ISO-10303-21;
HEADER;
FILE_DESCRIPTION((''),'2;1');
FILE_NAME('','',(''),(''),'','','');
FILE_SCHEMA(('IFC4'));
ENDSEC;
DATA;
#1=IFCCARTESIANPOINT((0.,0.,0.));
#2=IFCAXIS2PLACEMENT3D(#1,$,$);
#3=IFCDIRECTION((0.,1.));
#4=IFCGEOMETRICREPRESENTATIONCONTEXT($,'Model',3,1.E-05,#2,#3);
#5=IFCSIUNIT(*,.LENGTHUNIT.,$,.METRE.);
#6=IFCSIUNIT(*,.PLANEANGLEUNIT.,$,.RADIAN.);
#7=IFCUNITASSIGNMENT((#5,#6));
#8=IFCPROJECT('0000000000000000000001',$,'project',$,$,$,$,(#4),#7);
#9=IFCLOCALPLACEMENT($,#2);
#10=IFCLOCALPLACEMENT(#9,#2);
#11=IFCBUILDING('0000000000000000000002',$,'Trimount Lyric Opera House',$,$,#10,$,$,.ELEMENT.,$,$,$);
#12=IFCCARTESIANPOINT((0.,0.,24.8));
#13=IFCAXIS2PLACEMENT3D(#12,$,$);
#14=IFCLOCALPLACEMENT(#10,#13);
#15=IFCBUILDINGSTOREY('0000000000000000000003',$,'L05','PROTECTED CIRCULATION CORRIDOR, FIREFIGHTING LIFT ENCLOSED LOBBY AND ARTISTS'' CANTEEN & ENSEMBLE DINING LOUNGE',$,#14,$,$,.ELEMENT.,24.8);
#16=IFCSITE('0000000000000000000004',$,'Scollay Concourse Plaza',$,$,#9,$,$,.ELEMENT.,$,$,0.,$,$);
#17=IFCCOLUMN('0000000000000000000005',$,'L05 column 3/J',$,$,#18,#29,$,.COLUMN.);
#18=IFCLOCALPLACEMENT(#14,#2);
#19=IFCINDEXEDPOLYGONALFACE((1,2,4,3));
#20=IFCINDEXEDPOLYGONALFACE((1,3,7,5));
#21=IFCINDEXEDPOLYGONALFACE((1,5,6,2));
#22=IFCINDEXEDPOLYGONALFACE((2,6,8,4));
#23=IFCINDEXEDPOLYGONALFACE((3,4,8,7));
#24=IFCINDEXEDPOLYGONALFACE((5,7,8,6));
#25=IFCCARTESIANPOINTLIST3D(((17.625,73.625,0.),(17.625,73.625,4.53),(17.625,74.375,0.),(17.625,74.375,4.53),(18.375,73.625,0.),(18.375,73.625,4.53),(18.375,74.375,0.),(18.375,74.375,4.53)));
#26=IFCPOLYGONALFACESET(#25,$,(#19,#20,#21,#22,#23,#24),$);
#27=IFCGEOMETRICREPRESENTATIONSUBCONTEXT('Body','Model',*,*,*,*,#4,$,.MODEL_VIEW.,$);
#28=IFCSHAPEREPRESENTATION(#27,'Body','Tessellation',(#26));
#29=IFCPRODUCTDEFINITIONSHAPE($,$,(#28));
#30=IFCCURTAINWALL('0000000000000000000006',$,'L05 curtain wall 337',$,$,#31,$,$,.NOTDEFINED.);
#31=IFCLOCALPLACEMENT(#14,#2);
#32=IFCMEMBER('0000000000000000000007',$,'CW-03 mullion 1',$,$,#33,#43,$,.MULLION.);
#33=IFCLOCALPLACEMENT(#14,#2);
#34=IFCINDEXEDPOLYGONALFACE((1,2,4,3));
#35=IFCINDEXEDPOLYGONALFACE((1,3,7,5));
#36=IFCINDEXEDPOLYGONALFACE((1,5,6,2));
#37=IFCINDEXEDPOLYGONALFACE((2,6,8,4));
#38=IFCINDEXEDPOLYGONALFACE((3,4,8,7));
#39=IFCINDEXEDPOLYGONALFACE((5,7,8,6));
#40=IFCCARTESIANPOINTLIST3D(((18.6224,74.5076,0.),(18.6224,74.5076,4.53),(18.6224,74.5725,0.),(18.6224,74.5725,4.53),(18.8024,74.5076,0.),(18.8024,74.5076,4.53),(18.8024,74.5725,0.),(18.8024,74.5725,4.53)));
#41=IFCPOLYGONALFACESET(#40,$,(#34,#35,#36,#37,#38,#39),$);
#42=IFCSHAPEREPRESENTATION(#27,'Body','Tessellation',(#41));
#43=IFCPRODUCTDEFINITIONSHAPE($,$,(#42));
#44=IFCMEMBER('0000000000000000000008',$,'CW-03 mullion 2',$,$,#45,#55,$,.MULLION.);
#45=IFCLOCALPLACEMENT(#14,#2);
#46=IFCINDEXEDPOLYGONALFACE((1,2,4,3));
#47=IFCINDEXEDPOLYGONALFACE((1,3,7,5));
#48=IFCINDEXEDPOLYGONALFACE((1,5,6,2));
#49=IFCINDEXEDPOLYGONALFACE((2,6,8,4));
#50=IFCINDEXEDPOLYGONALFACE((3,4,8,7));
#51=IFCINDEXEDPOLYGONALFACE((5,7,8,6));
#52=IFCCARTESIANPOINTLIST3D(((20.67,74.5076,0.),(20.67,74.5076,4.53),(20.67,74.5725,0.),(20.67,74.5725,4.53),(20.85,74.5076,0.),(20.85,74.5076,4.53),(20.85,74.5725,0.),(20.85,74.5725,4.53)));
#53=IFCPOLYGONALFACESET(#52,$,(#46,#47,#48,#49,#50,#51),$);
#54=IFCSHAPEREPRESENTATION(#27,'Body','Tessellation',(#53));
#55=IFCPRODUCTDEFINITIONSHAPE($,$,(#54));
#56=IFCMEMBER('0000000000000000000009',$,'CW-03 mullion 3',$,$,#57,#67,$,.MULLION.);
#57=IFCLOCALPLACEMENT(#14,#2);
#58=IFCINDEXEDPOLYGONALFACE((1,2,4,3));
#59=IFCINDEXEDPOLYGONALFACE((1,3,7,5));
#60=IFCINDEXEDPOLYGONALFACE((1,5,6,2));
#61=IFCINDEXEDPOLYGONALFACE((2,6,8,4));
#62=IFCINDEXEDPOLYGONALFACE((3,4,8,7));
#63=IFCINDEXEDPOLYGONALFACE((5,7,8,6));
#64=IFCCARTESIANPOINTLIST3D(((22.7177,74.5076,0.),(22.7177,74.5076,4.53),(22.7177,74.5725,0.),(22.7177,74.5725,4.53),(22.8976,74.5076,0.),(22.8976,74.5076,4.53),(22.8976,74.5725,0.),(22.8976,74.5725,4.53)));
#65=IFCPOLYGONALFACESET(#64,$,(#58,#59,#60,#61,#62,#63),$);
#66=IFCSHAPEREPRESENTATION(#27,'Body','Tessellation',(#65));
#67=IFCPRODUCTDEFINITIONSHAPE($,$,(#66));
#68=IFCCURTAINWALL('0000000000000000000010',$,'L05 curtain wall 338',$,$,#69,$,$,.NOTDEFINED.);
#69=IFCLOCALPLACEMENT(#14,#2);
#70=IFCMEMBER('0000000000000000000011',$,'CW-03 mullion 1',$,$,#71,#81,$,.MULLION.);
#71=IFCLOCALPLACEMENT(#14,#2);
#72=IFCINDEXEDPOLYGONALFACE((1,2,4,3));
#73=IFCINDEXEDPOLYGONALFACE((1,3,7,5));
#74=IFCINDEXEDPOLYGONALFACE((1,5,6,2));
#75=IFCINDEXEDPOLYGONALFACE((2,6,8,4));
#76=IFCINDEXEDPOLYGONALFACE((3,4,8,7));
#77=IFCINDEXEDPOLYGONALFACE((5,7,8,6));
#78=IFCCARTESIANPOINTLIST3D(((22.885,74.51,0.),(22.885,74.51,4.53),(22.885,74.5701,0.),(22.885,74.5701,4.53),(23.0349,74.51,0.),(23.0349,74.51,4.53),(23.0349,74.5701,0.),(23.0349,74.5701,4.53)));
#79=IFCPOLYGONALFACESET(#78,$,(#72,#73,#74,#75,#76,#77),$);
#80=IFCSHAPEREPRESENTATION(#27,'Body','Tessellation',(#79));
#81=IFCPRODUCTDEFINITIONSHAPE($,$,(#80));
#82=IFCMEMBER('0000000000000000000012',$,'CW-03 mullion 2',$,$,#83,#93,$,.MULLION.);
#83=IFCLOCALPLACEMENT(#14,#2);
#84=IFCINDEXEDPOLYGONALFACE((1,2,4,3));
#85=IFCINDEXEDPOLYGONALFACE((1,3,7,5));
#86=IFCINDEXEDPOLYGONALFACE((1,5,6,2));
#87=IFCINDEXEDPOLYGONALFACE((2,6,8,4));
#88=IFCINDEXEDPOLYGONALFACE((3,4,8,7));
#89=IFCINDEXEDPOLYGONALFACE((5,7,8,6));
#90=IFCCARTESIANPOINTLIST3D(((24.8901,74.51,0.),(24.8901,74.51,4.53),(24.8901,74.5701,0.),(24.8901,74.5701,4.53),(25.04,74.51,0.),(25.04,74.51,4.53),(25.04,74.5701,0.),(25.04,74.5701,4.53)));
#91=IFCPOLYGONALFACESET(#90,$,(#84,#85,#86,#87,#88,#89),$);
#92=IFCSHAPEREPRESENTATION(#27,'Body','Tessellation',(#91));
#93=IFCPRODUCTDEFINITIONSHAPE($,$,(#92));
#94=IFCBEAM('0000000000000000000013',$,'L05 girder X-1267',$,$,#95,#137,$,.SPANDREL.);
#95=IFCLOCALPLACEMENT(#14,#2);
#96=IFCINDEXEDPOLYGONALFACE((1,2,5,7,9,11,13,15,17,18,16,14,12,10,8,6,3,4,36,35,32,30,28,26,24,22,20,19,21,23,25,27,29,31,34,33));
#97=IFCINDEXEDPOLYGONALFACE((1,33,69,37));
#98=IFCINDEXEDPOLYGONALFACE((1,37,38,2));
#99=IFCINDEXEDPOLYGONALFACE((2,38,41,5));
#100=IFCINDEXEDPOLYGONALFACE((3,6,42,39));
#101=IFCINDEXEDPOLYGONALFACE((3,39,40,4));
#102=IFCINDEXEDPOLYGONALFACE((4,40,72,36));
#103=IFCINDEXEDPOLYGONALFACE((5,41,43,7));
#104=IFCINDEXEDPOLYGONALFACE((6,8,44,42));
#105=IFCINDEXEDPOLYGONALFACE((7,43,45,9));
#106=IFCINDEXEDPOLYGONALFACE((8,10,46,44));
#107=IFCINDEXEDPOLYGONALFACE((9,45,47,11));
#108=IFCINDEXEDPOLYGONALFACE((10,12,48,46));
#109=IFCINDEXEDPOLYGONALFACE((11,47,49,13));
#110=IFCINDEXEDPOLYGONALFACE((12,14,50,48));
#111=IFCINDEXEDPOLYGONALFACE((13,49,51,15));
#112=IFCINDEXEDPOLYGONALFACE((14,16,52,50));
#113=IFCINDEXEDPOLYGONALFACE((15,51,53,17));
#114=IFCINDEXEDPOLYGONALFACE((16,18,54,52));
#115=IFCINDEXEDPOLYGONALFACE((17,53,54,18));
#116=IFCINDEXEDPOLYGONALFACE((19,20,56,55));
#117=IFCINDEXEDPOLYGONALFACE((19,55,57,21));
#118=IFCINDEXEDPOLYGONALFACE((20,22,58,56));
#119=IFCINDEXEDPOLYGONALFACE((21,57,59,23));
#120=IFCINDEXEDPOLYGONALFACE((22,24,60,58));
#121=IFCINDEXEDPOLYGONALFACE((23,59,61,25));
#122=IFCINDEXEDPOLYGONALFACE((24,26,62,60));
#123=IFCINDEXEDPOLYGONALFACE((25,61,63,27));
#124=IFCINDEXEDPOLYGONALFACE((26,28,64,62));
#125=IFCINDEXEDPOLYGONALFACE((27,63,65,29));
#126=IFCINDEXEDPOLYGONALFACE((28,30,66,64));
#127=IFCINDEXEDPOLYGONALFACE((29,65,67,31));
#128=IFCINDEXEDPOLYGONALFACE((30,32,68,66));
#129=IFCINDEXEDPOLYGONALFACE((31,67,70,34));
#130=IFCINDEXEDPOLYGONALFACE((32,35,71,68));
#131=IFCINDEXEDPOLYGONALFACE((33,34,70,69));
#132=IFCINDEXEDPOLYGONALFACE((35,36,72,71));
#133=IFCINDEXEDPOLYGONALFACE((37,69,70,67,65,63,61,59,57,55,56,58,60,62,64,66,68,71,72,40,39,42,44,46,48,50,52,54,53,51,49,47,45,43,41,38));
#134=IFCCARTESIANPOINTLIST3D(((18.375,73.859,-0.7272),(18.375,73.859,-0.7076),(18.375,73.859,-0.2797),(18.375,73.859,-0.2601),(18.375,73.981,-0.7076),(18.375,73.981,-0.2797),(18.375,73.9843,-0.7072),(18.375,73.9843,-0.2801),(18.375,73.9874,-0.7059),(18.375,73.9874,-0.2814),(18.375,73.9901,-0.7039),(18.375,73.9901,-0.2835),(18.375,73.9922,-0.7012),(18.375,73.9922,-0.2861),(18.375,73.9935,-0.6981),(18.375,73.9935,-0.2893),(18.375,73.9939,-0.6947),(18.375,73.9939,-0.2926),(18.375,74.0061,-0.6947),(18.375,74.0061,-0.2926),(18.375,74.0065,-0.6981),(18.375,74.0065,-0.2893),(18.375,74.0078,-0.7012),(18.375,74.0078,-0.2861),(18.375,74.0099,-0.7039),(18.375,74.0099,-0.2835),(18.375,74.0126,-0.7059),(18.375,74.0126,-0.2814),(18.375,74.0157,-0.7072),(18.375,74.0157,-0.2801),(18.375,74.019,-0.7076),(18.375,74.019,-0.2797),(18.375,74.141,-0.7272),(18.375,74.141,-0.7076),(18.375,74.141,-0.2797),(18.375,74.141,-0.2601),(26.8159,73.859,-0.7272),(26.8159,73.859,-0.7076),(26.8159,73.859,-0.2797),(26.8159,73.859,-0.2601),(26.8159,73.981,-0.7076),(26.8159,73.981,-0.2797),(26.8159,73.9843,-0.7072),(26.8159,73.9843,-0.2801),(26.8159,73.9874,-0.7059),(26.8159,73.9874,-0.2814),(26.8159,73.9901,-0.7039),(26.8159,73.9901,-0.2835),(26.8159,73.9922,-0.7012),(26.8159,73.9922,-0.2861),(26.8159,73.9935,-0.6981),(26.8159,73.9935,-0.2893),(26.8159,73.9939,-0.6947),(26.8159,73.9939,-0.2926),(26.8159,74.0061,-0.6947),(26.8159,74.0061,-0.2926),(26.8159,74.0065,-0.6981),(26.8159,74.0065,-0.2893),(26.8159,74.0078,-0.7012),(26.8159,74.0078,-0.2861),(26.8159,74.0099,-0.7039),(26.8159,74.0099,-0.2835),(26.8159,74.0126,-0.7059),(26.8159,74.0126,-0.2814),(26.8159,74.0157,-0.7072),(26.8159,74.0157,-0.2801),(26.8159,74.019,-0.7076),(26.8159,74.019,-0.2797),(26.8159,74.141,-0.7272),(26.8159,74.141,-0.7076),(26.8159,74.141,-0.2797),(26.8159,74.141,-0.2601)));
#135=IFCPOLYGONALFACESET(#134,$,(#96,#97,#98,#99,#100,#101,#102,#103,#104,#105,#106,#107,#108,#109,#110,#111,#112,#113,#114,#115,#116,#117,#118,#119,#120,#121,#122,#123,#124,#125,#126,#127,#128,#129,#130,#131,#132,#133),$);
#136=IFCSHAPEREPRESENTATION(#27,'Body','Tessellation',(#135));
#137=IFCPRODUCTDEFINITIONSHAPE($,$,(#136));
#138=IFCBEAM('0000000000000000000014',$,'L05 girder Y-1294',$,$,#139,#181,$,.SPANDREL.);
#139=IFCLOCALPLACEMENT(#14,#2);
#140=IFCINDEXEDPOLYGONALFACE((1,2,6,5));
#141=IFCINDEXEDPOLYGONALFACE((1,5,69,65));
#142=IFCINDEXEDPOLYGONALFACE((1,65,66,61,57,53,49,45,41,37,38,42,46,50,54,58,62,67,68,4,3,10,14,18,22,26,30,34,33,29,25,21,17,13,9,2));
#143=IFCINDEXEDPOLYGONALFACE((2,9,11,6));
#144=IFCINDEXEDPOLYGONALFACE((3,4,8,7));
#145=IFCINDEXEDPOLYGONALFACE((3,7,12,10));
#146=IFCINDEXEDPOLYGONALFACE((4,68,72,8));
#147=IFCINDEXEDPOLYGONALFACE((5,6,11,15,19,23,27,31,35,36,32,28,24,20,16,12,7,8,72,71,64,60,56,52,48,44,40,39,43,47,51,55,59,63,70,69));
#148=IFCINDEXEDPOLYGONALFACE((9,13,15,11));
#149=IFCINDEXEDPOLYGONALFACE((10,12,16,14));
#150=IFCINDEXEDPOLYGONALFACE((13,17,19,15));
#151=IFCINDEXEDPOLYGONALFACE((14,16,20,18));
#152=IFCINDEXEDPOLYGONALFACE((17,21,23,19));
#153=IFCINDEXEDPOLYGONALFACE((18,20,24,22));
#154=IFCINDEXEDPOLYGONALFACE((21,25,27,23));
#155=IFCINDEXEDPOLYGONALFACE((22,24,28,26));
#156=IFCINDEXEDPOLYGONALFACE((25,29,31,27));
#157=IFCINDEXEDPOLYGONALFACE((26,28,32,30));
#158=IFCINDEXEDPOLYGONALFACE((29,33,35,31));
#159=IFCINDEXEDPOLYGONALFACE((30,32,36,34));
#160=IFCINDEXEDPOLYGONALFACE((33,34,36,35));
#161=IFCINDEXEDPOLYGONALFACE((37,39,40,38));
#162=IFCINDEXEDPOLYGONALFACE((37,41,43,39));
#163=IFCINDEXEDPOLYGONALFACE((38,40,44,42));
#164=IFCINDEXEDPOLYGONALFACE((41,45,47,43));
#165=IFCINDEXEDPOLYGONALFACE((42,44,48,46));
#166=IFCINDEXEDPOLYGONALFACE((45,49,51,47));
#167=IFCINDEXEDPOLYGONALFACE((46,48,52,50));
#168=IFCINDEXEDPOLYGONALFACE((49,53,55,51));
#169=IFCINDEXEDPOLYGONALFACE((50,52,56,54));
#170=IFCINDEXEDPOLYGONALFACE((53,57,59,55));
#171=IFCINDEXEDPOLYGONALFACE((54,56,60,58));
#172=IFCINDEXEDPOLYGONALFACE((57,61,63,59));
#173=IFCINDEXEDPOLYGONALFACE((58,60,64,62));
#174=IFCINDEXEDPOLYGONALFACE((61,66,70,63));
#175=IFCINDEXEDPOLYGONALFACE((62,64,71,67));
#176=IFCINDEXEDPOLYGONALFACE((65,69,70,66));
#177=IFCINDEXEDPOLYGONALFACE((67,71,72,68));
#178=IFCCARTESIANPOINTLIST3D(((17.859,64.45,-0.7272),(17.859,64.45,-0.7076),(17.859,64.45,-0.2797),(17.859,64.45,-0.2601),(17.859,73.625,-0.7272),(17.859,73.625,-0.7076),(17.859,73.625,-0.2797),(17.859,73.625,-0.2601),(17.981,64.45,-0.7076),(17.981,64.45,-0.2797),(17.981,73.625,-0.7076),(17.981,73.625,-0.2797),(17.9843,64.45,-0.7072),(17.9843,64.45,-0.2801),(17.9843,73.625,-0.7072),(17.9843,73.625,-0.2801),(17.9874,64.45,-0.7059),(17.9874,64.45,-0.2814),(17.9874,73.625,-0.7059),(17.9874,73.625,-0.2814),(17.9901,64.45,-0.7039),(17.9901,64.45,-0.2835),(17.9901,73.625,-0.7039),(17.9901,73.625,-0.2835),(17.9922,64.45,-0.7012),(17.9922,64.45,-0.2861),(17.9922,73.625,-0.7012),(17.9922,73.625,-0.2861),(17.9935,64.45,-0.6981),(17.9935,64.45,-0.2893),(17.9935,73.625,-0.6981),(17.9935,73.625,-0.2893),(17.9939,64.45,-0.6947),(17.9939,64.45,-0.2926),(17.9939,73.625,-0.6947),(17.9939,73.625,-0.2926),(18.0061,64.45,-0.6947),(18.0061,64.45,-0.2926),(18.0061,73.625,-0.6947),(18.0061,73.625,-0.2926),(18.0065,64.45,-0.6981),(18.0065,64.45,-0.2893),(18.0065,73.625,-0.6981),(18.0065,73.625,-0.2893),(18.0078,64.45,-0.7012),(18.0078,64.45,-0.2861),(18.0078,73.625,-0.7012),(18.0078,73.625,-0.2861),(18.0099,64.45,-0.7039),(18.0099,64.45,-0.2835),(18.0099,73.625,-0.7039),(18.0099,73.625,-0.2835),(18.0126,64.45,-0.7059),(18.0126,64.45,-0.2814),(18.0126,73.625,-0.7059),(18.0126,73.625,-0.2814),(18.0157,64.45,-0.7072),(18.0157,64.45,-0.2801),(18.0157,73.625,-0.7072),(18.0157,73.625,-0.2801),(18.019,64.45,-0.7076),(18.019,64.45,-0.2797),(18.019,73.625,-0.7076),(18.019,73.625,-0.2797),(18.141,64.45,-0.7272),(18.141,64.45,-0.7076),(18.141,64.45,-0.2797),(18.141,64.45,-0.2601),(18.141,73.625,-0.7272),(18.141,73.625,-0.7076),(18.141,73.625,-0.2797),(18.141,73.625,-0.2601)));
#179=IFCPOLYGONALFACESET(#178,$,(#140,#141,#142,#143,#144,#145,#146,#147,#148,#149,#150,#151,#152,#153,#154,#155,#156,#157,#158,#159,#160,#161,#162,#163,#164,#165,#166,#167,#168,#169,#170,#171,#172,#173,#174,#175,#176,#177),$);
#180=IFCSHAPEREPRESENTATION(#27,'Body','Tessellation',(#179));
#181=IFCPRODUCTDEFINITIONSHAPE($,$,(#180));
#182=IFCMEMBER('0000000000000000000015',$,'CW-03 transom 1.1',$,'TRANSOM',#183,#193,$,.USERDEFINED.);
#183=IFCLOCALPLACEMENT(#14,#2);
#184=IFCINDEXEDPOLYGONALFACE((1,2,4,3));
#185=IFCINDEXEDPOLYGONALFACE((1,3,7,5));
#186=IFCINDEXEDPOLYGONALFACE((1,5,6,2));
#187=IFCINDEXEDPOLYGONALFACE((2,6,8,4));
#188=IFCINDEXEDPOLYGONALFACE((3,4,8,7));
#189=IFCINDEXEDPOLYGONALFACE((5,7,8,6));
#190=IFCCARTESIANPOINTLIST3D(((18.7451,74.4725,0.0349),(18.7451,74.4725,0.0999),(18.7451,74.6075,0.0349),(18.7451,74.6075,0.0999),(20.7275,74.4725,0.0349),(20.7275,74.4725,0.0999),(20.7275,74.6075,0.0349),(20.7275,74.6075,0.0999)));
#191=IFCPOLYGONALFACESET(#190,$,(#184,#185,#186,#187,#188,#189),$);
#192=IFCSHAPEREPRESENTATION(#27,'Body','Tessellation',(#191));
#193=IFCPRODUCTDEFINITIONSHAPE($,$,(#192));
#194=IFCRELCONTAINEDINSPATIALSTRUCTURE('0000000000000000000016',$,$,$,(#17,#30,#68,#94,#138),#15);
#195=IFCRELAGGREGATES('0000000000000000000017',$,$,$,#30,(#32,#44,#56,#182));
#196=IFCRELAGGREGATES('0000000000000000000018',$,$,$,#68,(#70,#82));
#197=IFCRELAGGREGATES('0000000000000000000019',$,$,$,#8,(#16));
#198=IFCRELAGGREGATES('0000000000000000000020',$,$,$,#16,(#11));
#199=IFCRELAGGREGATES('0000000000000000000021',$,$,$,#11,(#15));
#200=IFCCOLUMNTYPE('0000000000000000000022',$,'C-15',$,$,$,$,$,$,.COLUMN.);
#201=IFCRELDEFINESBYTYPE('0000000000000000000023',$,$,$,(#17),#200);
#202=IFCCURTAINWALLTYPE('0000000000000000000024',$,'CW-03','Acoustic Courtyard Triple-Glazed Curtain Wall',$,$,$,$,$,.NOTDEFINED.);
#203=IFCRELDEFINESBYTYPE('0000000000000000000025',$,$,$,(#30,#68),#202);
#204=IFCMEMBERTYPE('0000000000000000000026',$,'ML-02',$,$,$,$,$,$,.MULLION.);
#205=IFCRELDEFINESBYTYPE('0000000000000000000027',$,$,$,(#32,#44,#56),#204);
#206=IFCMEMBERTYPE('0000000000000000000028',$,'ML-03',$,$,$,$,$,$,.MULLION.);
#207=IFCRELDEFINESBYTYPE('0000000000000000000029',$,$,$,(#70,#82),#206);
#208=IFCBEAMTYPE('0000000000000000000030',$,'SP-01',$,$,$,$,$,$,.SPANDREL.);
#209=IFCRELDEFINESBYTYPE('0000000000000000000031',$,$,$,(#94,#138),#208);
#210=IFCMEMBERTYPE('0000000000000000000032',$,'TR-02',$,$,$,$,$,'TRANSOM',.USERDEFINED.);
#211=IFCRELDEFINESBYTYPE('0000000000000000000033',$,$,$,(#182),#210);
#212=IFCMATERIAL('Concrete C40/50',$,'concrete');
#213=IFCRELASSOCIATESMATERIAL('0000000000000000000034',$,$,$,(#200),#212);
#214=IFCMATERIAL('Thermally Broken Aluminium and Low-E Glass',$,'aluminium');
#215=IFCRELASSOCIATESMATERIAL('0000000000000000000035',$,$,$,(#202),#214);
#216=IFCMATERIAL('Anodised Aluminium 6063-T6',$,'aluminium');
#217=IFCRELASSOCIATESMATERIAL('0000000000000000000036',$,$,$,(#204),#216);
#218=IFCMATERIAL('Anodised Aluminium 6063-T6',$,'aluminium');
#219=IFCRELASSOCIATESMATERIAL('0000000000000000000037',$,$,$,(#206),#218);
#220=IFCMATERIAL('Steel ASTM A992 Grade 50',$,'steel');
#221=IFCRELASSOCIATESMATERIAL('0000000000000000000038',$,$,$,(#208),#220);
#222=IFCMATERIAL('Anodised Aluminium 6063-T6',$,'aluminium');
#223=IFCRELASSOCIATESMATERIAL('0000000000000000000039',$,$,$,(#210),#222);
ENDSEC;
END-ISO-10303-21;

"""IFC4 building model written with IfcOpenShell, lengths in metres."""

from ifc_helpers import new_model, si_unit, direction, frame, origin, origin_2d, place, context, subcontext, project, spatial, rectangle, i_section, extrude, material, material_profile, profile_set, type_object, element, aggregate, save


model = new_model("IFC4")

# Units and contexts
model_context = context("Model", 3, precision=1e-05, world=origin(), true_north=direction((0.0, 1.0)))
body_context = subcontext(model_context, "Body", "Model", "MODEL_VIEW")
ifc_project = project(units=[si_unit("LENGTHUNIT", "METRE"), si_unit("PLANEANGLEUNIT", "RADIAN")], contexts=[model_context])

# Site, building, storey
site_placement = place(None, origin())
site = spatial("IfcSite", under=ifc_project, at=site_placement, Name="Scollay Concourse Plaza", CompositionType="ELEMENT", RefElevation=0.0)
building_placement = place(site_placement, origin())
building = spatial("IfcBuilding", under=site, at=building_placement, Name="Trimount Lyric Opera House", CompositionType="ELEMENT")
storey_placement = place(building_placement, frame((0.0, 0.0, 24.8)))
storey = spatial("IfcBuildingStorey", under=building, at=storey_placement, Name="L05", Description="PROTECTED CIRCULATION CORRIDOR, FIREFIGHTING LIFT ENCLOSED LOBBY AND ARTISTS' CANTEEN & ENSEMBLE DINING LOUNGE", CompositionType="ELEMENT", Elevation=24.8)

# Column
ifc_material_1 = material(Name="Concrete C40/50", Category="concrete")
ifc_material_profile_1 = material_profile(ifc_material_1, rectangle(XDim=0.75, YDim=0.75, at=origin_2d()), Name="RC750X750")
ifc_profile_set_1 = profile_set([ifc_material_profile_1], Name="Concrete C40/50")
column_type = type_object("IfcColumnType", Name="C-15", PredefinedType="COLUMN", material=ifc_profile_set_1)
column_placement = place(storey_placement, frame((18.0, 74.0, 0.0), z_axis=(0.0, 0.0, 1.0), x_axis=(1.0, 0.0, 0.0)))
element("IfcColumn", 1, at=column_placement, inside=storey, type_object=column_type, Name="L05 column 3/J", PredefinedType="COLUMN", context=body_context, shape_type="SweptSolid", body=[
    extrude(rectangle(XDim=0.75, YDim=0.75, at=origin_2d()), origin(), (0.0, 0.0, 1.0), 4.53),
])

# Curtain walls, members
ifc_material_2 = material(Name="Thermally Broken Aluminium and Low-E Glass", Category="aluminium")
curtain_wall_type = type_object("IfcCurtainWallType", Name="CW-03", Description="Acoustic Courtyard Triple-Glazed Curtain Wall", PredefinedType="NOTDEFINED", material=ifc_material_2)
curtain_wall_1_placement = place(storey_placement, origin())
curtain_wall_1 = element("IfcCurtainWall", 2, at=curtain_wall_1_placement, inside=storey, type_object=curtain_wall_type, Name="L05 curtain wall 337", PredefinedType="NOTDEFINED")
ifc_material_3 = material(Name="Anodised Aluminium 6063-T6", Category="aluminium")
ifc_material_profile_2 = material_profile(ifc_material_3, rectangle(XDim=0.0649, YDim=0.1799, at=origin_2d()), Name="ALU-MULL-65X180")
ifc_profile_set_2 = profile_set([ifc_material_profile_2], Name="Anodised Aluminium 6063-T6")
member_type_1 = type_object("IfcMemberType", Name="ML-02", PredefinedType="MULLION", material=ifc_profile_set_2)
member_1_placement = place(storey_placement, frame((18.7124, 74.54, 0.0), z_axis=(0.0, 0.0, 1.0), x_axis=(0.0, 1.0, 0.0)))
member_1 = element("IfcMember", 3, at=member_1_placement, type_object=member_type_1, Name="CW-03 mullion 1", PredefinedType="MULLION", context=body_context, shape_type="SweptSolid", body=[
    extrude(rectangle(XDim=0.0649, YDim=0.1799, at=origin_2d()), origin(), (0.0, 0.0, 1.0), 4.53),
])
member_2_placement = place(storey_placement, frame((20.76, 74.54, 0.0), z_axis=(0.0, 0.0, 1.0), x_axis=(0.0, 1.0, 0.0)))
member_2 = element("IfcMember", 4, at=member_2_placement, type_object=member_type_1, Name="CW-03 mullion 2", PredefinedType="MULLION", context=body_context, shape_type="SweptSolid", body=[
    extrude(rectangle(XDim=0.0649, YDim=0.1799, at=origin_2d()), origin(), (0.0, 0.0, 1.0), 4.53),
])
member_3_placement = place(storey_placement, frame((22.8076, 74.54, 0.0), z_axis=(0.0, 0.0, 1.0), x_axis=(0.0, 1.0, 0.0)))
member_3 = element("IfcMember", 5, at=member_3_placement, type_object=member_type_1, Name="CW-03 mullion 3", PredefinedType="MULLION", context=body_context, shape_type="SweptSolid", body=[
    extrude(rectangle(XDim=0.0649, YDim=0.1799, at=origin_2d()), origin(), (0.0, 0.0, 1.0), 4.53),
])
curtain_wall_2_placement = place(storey_placement, origin())
curtain_wall_2 = element("IfcCurtainWall", 6, at=curtain_wall_2_placement, inside=storey, type_object=curtain_wall_type, Name="L05 curtain wall 338", PredefinedType="NOTDEFINED")
ifc_material_4 = material(Name="Anodised Aluminium 6063-T6", Category="aluminium")
ifc_material_profile_3 = material_profile(ifc_material_4, rectangle(XDim=0.0601, YDim=0.1499, at=origin_2d()), Name="ALU-MULL-60X150")
ifc_profile_set_3 = profile_set([ifc_material_profile_3], Name="Anodised Aluminium 6063-T6")
member_type_2 = type_object("IfcMemberType", Name="ML-03", PredefinedType="MULLION", material=ifc_profile_set_3)
member_4_placement = place(storey_placement, frame((22.96, 74.54, 0.0), z_axis=(0.0, 0.0, 1.0), x_axis=(0.0, 1.0, 0.0)))
member_4 = element("IfcMember", 7, at=member_4_placement, type_object=member_type_2, Name="CW-03 mullion 1", PredefinedType="MULLION", context=body_context, shape_type="SweptSolid", body=[
    extrude(rectangle(XDim=0.0601, YDim=0.1499, at=origin_2d()), origin(), (0.0, 0.0, 1.0), 4.53),
])
member_5_placement = place(storey_placement, frame((24.9651, 74.54, 0.0), z_axis=(0.0, 0.0, 1.0), x_axis=(0.0, 1.0, 0.0)))
member_5 = element("IfcMember", 8, at=member_5_placement, type_object=member_type_2, Name="CW-03 mullion 2", PredefinedType="MULLION", context=body_context, shape_type="SweptSolid", body=[
    extrude(rectangle(XDim=0.0601, YDim=0.1499, at=origin_2d()), origin(), (0.0, 0.0, 1.0), 4.53),
])

# Beams
ifc_material_5 = material(Name="Steel ASTM A992 Grade 50", Category="steel")
ifc_material_profile_4 = material_profile(ifc_material_5, i_section(OverallWidth=0.282, OverallDepth=0.467, WebThickness=0.0122, FlangeThickness=0.0195, FilletRadius=0.0129, at=origin_2d()), Name="W18X86")
ifc_profile_set_4 = profile_set([ifc_material_profile_4], Name="Steel ASTM A992 Grade 50")
beam_type = type_object("IfcBeamType", Name="SP-01", PredefinedType="SPANDREL", material=ifc_profile_set_4)
beam_1_placement = place(storey_placement, frame((18.375, 74.0, -0.4937), z_axis=(1.0, 0.0, 0.0), x_axis=(0.0, 1.0, 0.0)))
element("IfcBeam", 9, at=beam_1_placement, inside=storey, type_object=beam_type, Name="L05 girder X-1267", PredefinedType="SPANDREL", context=body_context, shape_type="SweptSolid", body=[
    extrude(i_section(OverallWidth=0.282, OverallDepth=0.467, WebThickness=0.0122, FlangeThickness=0.0195, FilletRadius=0.0129, at=origin_2d()), origin(), (0.0, 0.0, 1.0), 8.4409),
])
beam_2_placement = place(storey_placement, frame((18.0, 64.45, -0.4937), z_axis=(0.0, 1.0, 0.0), x_axis=(-1.0, 0.0, 0.0)))
element("IfcBeam", 10, at=beam_2_placement, inside=storey, type_object=beam_type, Name="L05 girder Y-1294", PredefinedType="SPANDREL", context=body_context, shape_type="SweptSolid", body=[
    extrude(i_section(OverallWidth=0.282, OverallDepth=0.467, WebThickness=0.0122, FlangeThickness=0.0195, FilletRadius=0.0129, at=origin_2d()), origin(), (0.0, 0.0, 1.0), 9.175),
])

# Member
ifc_material_6 = material(Name="Anodised Aluminium 6063-T6", Category="aluminium")
ifc_material_profile_5 = material_profile(ifc_material_6, rectangle(XDim=0.135, YDim=0.0649, at=origin_2d()), Name="ALU-TRAN-65X135")
ifc_profile_set_5 = profile_set([ifc_material_profile_5], Name="Anodised Aluminium 6063-T6")
member_type_3 = type_object("IfcMemberType", Name="TR-02", ElementType="TRANSOM", PredefinedType="USERDEFINED", material=ifc_profile_set_5)
member_6_placement = place(storey_placement, frame((18.7451, 74.54, 0.0674), z_axis=(1.0, 0.0, 0.0), x_axis=(0.0, 1.0, 0.0)))
member_6 = element("IfcMember", 11, at=member_6_placement, type_object=member_type_3, Name="CW-03 transom 1.1", ObjectType="TRANSOM", PredefinedType="USERDEFINED", context=body_context, shape_type="SweptSolid", body=[
    extrude(rectangle(XDim=0.135, YDim=0.0649, at=origin_2d()), origin(), (0.0, 0.0, 1.0), 1.9824),
])

aggregate(curtain_wall_1, [member_1, member_2, member_3, member_6])
aggregate(curtain_wall_2, [member_4, member_5])

save(model, "model.ifc")
